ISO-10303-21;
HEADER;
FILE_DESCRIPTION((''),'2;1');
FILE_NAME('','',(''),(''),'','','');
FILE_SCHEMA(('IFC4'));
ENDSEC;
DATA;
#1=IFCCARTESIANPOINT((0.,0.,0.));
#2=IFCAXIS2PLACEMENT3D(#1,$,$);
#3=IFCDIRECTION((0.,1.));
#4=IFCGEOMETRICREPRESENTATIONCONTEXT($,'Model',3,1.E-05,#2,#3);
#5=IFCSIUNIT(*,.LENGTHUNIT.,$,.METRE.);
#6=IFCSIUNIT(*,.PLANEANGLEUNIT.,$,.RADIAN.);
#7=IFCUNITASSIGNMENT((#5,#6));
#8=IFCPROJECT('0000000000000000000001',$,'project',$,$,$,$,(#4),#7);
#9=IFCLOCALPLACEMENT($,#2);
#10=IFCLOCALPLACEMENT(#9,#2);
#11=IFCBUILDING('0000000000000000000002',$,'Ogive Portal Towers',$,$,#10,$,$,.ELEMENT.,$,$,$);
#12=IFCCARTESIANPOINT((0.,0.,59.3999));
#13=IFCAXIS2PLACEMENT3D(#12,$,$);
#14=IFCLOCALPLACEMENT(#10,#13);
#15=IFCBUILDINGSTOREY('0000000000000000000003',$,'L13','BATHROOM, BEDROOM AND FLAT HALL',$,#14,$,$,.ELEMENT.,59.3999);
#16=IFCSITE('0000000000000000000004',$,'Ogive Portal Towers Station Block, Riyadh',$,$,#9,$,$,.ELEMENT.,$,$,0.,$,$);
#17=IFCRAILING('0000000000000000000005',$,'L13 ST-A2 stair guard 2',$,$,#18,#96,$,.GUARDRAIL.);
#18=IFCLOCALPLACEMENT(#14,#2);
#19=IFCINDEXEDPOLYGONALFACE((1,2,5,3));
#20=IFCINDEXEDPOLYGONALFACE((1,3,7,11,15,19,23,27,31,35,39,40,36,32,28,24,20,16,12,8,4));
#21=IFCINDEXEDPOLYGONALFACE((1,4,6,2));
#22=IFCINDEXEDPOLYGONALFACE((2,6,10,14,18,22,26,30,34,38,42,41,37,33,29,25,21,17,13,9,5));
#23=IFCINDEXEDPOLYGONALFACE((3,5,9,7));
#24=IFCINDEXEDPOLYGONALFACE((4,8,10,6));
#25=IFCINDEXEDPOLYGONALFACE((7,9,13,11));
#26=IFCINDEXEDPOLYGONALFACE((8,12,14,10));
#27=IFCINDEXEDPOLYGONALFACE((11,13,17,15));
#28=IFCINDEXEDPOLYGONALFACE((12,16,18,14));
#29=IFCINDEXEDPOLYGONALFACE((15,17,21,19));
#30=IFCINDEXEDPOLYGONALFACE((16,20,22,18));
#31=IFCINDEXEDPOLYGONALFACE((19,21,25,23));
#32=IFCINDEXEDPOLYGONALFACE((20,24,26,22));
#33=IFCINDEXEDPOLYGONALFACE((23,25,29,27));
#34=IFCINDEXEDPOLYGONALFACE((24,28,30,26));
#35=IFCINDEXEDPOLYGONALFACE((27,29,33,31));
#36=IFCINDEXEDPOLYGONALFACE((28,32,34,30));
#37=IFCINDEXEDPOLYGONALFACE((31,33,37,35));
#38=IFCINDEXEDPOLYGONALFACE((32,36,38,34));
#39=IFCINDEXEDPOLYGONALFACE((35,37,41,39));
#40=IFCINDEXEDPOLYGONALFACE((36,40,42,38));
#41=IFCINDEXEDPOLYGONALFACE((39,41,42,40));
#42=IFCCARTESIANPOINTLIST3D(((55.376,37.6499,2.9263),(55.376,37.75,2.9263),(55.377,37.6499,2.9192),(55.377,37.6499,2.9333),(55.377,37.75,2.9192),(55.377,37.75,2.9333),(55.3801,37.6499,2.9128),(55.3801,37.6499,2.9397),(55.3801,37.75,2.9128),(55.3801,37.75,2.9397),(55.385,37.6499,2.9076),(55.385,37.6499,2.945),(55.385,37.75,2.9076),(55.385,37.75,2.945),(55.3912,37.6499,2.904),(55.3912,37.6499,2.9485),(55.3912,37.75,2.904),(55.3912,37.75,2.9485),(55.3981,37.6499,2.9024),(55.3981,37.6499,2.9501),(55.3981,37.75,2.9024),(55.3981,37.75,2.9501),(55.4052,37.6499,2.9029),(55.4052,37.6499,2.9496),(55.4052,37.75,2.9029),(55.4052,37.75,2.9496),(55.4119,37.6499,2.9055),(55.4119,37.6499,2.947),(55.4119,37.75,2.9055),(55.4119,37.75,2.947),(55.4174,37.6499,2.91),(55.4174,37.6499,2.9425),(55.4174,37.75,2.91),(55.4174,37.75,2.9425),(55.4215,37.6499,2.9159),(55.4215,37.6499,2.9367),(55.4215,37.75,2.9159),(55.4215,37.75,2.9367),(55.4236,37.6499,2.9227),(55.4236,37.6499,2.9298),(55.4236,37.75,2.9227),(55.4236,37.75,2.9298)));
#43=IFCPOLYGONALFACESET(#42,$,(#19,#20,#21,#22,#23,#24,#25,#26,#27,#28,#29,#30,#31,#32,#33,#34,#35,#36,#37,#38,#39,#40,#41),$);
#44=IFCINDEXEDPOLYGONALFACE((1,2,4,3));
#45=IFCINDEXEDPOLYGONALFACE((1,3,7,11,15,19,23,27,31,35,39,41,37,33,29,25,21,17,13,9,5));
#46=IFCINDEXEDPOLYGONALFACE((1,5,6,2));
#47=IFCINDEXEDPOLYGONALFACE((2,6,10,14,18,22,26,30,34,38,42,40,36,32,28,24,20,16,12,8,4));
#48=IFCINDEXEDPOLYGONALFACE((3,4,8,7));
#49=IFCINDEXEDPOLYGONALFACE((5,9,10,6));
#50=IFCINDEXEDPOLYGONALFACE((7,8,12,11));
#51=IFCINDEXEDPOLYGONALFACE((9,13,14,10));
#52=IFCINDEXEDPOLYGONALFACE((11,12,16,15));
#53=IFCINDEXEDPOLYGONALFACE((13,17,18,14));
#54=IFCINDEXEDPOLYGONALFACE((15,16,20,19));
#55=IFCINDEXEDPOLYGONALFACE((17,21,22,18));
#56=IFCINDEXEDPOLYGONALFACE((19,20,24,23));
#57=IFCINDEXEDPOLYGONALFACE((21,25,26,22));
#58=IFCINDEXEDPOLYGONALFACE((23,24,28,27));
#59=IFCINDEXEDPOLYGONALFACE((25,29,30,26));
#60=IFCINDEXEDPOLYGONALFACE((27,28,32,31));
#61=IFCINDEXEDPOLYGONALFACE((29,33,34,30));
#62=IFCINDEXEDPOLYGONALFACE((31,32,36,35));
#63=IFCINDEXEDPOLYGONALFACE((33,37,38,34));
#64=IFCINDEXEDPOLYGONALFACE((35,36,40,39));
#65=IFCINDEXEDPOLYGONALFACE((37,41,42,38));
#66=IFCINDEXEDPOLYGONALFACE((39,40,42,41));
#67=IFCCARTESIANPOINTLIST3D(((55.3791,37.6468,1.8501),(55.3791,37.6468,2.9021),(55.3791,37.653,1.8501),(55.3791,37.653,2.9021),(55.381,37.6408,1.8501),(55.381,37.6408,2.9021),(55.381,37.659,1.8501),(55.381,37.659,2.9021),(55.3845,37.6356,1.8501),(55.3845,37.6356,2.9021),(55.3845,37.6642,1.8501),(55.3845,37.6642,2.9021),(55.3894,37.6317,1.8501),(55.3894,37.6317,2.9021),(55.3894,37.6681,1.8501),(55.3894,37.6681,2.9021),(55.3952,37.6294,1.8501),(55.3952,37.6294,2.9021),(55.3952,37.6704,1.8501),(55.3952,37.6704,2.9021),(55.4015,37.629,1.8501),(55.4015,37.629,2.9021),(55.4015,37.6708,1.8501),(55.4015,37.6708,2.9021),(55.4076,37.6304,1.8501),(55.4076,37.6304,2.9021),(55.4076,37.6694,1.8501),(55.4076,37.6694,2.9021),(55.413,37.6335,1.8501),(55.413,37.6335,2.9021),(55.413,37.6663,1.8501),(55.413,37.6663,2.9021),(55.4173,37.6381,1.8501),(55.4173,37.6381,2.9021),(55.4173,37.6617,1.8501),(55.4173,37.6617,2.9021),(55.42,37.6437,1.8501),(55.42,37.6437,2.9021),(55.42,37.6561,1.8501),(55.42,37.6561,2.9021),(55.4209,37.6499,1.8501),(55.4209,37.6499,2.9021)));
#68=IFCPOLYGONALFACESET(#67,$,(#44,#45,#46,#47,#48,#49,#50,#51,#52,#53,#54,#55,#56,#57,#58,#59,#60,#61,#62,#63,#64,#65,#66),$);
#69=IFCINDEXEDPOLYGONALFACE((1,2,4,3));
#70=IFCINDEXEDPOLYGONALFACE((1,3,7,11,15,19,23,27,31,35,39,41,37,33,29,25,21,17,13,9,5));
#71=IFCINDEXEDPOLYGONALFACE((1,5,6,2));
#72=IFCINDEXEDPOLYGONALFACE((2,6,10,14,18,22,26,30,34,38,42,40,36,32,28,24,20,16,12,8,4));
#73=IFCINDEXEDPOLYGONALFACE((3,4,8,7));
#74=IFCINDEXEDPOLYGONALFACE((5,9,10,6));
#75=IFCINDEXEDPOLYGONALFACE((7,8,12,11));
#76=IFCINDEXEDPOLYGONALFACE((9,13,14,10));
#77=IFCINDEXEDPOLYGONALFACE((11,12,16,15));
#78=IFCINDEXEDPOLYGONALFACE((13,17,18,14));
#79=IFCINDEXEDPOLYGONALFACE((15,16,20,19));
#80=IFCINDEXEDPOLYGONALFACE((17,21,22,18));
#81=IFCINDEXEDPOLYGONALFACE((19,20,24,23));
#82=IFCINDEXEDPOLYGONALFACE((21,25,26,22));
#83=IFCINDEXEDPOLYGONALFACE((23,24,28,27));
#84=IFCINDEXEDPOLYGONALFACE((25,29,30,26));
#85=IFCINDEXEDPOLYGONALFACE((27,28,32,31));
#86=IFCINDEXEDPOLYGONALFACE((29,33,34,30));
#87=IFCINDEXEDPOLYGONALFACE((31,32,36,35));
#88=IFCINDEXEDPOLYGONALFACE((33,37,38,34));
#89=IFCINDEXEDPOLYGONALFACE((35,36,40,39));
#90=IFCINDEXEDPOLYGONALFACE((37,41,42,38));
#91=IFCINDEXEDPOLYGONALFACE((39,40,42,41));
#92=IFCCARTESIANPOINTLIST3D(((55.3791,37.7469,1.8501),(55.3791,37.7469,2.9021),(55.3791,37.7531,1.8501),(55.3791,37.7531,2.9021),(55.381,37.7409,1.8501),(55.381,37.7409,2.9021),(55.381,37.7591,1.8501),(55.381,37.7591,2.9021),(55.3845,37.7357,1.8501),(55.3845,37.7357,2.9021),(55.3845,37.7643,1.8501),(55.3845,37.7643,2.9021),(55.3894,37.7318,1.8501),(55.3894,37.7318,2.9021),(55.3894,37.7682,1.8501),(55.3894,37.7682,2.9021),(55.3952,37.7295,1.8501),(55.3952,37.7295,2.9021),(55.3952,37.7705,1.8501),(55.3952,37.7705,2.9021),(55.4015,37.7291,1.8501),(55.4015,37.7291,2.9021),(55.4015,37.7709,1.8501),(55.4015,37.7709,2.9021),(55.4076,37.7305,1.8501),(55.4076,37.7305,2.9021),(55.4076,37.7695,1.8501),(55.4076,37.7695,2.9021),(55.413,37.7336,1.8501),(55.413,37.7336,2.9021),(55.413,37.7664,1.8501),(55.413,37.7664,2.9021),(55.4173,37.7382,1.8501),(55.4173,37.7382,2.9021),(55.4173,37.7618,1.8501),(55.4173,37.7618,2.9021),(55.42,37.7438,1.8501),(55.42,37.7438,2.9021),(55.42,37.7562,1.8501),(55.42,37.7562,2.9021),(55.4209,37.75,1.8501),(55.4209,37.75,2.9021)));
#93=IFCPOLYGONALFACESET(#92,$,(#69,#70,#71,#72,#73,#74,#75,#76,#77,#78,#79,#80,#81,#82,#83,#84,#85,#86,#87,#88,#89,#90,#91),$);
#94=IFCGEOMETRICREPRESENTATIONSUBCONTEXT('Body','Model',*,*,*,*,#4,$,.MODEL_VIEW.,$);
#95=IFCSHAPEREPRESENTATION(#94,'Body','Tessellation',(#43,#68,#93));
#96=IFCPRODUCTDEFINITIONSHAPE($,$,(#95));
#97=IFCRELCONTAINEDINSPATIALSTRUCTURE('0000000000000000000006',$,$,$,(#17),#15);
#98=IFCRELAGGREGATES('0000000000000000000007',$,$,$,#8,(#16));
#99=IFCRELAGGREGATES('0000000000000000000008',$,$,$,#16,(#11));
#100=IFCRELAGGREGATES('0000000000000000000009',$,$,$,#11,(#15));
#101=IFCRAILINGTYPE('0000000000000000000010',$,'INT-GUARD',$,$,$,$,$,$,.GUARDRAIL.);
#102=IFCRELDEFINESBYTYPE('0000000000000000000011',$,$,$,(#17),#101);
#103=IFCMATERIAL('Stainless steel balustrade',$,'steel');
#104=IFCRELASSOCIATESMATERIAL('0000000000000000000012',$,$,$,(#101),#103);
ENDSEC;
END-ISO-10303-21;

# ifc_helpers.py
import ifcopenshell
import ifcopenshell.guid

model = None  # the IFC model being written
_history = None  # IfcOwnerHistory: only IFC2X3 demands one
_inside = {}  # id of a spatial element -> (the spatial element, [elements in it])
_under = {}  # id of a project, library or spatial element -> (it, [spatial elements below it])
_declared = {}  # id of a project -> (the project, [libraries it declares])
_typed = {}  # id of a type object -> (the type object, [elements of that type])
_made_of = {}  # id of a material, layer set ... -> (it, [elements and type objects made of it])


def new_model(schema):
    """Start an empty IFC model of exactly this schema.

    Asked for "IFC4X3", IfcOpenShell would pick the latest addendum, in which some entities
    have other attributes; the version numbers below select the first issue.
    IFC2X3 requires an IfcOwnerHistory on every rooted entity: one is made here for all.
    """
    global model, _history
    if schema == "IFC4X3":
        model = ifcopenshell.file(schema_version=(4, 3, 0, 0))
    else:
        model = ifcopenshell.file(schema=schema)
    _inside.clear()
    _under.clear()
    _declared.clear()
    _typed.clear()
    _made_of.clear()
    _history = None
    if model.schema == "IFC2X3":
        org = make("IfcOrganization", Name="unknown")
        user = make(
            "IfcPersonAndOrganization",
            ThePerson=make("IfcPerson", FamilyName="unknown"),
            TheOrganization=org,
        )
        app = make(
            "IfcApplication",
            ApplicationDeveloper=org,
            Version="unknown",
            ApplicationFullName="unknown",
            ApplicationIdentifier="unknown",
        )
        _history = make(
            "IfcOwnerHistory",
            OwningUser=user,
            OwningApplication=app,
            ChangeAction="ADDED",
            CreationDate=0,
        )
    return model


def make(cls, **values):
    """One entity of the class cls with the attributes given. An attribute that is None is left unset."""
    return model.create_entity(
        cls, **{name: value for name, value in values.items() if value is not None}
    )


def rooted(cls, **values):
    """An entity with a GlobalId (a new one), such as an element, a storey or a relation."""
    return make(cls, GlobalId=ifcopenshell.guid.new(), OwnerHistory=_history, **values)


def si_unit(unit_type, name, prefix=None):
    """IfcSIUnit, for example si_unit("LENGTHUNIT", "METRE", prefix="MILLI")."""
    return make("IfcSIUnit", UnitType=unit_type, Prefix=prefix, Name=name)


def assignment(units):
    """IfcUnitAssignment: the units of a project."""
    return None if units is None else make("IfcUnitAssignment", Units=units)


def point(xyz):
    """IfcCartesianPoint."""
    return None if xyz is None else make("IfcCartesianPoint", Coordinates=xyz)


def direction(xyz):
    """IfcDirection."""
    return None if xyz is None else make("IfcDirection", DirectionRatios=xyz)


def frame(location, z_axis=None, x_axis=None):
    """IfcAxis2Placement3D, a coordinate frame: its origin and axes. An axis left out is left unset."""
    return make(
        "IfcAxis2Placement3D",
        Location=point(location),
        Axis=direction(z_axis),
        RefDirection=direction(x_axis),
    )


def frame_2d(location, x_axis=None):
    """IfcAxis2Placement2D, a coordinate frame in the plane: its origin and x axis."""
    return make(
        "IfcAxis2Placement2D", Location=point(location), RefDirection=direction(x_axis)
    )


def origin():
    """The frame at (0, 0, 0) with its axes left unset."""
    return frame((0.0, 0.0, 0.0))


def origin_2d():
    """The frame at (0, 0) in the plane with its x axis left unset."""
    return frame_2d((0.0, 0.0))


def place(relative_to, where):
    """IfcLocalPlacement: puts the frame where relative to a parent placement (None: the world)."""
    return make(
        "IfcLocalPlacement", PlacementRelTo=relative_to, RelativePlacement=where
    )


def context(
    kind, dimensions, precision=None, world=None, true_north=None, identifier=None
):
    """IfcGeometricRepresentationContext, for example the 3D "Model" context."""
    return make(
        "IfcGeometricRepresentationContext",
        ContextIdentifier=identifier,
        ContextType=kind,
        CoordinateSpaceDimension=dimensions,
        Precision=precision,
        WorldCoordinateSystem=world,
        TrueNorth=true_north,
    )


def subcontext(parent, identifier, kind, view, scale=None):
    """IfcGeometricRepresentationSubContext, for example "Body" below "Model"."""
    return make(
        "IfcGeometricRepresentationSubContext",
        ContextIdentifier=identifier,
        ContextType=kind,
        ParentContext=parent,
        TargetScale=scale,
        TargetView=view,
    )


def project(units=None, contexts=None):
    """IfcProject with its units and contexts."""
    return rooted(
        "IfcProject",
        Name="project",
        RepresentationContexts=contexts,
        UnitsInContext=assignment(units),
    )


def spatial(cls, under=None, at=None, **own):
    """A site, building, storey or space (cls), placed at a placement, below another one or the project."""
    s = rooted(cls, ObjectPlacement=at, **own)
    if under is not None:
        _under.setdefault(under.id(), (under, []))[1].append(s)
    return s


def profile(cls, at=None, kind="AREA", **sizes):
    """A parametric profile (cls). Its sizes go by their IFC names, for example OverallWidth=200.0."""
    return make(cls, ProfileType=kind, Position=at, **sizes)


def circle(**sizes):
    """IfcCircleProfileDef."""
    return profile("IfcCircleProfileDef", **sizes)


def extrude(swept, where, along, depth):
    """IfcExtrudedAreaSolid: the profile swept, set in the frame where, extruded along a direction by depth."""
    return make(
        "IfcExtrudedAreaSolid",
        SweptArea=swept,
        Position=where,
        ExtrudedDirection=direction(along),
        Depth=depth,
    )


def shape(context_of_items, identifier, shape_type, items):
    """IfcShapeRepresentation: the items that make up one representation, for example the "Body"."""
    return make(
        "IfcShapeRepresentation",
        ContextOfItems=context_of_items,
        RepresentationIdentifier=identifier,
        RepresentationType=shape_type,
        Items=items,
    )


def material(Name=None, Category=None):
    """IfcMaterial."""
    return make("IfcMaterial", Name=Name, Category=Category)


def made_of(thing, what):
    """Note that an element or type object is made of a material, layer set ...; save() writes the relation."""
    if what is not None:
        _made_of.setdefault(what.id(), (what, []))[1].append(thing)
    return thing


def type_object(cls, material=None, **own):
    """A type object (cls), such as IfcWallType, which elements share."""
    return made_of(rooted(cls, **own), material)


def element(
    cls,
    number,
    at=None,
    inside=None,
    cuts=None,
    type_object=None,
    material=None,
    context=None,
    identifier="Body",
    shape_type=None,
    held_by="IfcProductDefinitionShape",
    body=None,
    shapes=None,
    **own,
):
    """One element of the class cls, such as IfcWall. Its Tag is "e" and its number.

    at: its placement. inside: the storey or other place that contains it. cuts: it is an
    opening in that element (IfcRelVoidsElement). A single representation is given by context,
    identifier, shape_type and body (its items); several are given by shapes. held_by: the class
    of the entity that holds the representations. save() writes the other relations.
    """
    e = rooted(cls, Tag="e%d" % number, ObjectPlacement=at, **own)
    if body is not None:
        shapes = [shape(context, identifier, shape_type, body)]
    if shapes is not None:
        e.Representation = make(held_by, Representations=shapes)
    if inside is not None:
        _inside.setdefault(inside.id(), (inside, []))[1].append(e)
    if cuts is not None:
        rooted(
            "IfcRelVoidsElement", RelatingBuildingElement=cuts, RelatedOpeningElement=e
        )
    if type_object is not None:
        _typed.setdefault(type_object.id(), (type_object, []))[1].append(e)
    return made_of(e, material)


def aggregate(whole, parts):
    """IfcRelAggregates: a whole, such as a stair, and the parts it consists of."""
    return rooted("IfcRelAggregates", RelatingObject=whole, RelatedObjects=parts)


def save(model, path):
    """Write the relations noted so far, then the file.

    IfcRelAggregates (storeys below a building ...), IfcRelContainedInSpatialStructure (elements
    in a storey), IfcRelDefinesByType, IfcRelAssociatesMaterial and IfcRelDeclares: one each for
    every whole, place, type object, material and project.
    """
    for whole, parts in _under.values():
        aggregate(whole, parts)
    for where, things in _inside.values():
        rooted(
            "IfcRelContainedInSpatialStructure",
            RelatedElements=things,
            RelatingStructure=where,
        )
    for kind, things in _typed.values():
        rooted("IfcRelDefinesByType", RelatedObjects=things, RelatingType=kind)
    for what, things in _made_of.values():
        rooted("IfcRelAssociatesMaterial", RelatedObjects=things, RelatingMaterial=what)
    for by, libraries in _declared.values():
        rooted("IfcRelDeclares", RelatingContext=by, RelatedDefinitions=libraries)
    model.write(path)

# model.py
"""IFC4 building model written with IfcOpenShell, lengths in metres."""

from ifc_helpers import new_model, si_unit, direction, frame, origin, origin_2d, place, context, subcontext, project, spatial, circle, extrude, material, type_object, element, save


model = new_model("IFC4")

# Units and contexts
model_context = context("Model", 3, precision=1e-05, world=origin(), true_north=direction((0.0, 1.0)))
body_context = subcontext(model_context, "Body", "Model", "MODEL_VIEW")
ifc_project = project(units=[si_unit("LENGTHUNIT", "METRE"), si_unit("PLANEANGLEUNIT", "RADIAN")], contexts=[model_context])

# Site, building, storey
site_placement = place(None, origin())
site = spatial("IfcSite", under=ifc_project, at=site_placement, Name="Ogive Portal Towers Station Block, Riyadh", CompositionType="ELEMENT", RefElevation=0.0)
building_placement = place(site_placement, origin())
building = spatial("IfcBuilding", under=site, at=building_placement, Name="Ogive Portal Towers", CompositionType="ELEMENT")
storey_placement = place(building_placement, frame((0.0, 0.0, 59.3999)))
storey = spatial("IfcBuildingStorey", under=building, at=storey_placement, Name="L13", Description="BATHROOM, BEDROOM AND FLAT HALL", CompositionType="ELEMENT", Elevation=59.3999)

# Railing
ifc_material_1 = material(Name="Stainless steel balustrade", Category="steel")
railing_type_1 = type_object("IfcRailingType", Name="INT-GUARD", PredefinedType="GUARDRAIL", material=ifc_material_1)
railing_1_placement = place(storey_placement, frame((55.3999, 37.6499, 1.8501)))
element("IfcRailing", 1, at=railing_1_placement, inside=storey, type_object=railing_type_1, Name="L13 ST-A2 stair guard 2", PredefinedType="GUARDRAIL", context=body_context, shape_type="SweptSolid", body=[
    extrude(circle(Radius=0.0239, at=origin_2d()), frame((0.0, 0.0, 1.0762), z_axis=(0.0, 1.0, 0.0), x_axis=(-1.0, 0.0, 0.0)), (0.0, 0.0, 1.0), 0.1001),
    extrude(circle(Radius=0.021, at=origin_2d()), origin(), (0.0, 0.0, 1.0), 1.052),
    extrude(circle(Radius=0.021, at=origin_2d()), frame((0.0, 0.1001, 0.0)), (0.0, 0.0, 1.0), 1.052),
])

save(model, "model.ifc")
